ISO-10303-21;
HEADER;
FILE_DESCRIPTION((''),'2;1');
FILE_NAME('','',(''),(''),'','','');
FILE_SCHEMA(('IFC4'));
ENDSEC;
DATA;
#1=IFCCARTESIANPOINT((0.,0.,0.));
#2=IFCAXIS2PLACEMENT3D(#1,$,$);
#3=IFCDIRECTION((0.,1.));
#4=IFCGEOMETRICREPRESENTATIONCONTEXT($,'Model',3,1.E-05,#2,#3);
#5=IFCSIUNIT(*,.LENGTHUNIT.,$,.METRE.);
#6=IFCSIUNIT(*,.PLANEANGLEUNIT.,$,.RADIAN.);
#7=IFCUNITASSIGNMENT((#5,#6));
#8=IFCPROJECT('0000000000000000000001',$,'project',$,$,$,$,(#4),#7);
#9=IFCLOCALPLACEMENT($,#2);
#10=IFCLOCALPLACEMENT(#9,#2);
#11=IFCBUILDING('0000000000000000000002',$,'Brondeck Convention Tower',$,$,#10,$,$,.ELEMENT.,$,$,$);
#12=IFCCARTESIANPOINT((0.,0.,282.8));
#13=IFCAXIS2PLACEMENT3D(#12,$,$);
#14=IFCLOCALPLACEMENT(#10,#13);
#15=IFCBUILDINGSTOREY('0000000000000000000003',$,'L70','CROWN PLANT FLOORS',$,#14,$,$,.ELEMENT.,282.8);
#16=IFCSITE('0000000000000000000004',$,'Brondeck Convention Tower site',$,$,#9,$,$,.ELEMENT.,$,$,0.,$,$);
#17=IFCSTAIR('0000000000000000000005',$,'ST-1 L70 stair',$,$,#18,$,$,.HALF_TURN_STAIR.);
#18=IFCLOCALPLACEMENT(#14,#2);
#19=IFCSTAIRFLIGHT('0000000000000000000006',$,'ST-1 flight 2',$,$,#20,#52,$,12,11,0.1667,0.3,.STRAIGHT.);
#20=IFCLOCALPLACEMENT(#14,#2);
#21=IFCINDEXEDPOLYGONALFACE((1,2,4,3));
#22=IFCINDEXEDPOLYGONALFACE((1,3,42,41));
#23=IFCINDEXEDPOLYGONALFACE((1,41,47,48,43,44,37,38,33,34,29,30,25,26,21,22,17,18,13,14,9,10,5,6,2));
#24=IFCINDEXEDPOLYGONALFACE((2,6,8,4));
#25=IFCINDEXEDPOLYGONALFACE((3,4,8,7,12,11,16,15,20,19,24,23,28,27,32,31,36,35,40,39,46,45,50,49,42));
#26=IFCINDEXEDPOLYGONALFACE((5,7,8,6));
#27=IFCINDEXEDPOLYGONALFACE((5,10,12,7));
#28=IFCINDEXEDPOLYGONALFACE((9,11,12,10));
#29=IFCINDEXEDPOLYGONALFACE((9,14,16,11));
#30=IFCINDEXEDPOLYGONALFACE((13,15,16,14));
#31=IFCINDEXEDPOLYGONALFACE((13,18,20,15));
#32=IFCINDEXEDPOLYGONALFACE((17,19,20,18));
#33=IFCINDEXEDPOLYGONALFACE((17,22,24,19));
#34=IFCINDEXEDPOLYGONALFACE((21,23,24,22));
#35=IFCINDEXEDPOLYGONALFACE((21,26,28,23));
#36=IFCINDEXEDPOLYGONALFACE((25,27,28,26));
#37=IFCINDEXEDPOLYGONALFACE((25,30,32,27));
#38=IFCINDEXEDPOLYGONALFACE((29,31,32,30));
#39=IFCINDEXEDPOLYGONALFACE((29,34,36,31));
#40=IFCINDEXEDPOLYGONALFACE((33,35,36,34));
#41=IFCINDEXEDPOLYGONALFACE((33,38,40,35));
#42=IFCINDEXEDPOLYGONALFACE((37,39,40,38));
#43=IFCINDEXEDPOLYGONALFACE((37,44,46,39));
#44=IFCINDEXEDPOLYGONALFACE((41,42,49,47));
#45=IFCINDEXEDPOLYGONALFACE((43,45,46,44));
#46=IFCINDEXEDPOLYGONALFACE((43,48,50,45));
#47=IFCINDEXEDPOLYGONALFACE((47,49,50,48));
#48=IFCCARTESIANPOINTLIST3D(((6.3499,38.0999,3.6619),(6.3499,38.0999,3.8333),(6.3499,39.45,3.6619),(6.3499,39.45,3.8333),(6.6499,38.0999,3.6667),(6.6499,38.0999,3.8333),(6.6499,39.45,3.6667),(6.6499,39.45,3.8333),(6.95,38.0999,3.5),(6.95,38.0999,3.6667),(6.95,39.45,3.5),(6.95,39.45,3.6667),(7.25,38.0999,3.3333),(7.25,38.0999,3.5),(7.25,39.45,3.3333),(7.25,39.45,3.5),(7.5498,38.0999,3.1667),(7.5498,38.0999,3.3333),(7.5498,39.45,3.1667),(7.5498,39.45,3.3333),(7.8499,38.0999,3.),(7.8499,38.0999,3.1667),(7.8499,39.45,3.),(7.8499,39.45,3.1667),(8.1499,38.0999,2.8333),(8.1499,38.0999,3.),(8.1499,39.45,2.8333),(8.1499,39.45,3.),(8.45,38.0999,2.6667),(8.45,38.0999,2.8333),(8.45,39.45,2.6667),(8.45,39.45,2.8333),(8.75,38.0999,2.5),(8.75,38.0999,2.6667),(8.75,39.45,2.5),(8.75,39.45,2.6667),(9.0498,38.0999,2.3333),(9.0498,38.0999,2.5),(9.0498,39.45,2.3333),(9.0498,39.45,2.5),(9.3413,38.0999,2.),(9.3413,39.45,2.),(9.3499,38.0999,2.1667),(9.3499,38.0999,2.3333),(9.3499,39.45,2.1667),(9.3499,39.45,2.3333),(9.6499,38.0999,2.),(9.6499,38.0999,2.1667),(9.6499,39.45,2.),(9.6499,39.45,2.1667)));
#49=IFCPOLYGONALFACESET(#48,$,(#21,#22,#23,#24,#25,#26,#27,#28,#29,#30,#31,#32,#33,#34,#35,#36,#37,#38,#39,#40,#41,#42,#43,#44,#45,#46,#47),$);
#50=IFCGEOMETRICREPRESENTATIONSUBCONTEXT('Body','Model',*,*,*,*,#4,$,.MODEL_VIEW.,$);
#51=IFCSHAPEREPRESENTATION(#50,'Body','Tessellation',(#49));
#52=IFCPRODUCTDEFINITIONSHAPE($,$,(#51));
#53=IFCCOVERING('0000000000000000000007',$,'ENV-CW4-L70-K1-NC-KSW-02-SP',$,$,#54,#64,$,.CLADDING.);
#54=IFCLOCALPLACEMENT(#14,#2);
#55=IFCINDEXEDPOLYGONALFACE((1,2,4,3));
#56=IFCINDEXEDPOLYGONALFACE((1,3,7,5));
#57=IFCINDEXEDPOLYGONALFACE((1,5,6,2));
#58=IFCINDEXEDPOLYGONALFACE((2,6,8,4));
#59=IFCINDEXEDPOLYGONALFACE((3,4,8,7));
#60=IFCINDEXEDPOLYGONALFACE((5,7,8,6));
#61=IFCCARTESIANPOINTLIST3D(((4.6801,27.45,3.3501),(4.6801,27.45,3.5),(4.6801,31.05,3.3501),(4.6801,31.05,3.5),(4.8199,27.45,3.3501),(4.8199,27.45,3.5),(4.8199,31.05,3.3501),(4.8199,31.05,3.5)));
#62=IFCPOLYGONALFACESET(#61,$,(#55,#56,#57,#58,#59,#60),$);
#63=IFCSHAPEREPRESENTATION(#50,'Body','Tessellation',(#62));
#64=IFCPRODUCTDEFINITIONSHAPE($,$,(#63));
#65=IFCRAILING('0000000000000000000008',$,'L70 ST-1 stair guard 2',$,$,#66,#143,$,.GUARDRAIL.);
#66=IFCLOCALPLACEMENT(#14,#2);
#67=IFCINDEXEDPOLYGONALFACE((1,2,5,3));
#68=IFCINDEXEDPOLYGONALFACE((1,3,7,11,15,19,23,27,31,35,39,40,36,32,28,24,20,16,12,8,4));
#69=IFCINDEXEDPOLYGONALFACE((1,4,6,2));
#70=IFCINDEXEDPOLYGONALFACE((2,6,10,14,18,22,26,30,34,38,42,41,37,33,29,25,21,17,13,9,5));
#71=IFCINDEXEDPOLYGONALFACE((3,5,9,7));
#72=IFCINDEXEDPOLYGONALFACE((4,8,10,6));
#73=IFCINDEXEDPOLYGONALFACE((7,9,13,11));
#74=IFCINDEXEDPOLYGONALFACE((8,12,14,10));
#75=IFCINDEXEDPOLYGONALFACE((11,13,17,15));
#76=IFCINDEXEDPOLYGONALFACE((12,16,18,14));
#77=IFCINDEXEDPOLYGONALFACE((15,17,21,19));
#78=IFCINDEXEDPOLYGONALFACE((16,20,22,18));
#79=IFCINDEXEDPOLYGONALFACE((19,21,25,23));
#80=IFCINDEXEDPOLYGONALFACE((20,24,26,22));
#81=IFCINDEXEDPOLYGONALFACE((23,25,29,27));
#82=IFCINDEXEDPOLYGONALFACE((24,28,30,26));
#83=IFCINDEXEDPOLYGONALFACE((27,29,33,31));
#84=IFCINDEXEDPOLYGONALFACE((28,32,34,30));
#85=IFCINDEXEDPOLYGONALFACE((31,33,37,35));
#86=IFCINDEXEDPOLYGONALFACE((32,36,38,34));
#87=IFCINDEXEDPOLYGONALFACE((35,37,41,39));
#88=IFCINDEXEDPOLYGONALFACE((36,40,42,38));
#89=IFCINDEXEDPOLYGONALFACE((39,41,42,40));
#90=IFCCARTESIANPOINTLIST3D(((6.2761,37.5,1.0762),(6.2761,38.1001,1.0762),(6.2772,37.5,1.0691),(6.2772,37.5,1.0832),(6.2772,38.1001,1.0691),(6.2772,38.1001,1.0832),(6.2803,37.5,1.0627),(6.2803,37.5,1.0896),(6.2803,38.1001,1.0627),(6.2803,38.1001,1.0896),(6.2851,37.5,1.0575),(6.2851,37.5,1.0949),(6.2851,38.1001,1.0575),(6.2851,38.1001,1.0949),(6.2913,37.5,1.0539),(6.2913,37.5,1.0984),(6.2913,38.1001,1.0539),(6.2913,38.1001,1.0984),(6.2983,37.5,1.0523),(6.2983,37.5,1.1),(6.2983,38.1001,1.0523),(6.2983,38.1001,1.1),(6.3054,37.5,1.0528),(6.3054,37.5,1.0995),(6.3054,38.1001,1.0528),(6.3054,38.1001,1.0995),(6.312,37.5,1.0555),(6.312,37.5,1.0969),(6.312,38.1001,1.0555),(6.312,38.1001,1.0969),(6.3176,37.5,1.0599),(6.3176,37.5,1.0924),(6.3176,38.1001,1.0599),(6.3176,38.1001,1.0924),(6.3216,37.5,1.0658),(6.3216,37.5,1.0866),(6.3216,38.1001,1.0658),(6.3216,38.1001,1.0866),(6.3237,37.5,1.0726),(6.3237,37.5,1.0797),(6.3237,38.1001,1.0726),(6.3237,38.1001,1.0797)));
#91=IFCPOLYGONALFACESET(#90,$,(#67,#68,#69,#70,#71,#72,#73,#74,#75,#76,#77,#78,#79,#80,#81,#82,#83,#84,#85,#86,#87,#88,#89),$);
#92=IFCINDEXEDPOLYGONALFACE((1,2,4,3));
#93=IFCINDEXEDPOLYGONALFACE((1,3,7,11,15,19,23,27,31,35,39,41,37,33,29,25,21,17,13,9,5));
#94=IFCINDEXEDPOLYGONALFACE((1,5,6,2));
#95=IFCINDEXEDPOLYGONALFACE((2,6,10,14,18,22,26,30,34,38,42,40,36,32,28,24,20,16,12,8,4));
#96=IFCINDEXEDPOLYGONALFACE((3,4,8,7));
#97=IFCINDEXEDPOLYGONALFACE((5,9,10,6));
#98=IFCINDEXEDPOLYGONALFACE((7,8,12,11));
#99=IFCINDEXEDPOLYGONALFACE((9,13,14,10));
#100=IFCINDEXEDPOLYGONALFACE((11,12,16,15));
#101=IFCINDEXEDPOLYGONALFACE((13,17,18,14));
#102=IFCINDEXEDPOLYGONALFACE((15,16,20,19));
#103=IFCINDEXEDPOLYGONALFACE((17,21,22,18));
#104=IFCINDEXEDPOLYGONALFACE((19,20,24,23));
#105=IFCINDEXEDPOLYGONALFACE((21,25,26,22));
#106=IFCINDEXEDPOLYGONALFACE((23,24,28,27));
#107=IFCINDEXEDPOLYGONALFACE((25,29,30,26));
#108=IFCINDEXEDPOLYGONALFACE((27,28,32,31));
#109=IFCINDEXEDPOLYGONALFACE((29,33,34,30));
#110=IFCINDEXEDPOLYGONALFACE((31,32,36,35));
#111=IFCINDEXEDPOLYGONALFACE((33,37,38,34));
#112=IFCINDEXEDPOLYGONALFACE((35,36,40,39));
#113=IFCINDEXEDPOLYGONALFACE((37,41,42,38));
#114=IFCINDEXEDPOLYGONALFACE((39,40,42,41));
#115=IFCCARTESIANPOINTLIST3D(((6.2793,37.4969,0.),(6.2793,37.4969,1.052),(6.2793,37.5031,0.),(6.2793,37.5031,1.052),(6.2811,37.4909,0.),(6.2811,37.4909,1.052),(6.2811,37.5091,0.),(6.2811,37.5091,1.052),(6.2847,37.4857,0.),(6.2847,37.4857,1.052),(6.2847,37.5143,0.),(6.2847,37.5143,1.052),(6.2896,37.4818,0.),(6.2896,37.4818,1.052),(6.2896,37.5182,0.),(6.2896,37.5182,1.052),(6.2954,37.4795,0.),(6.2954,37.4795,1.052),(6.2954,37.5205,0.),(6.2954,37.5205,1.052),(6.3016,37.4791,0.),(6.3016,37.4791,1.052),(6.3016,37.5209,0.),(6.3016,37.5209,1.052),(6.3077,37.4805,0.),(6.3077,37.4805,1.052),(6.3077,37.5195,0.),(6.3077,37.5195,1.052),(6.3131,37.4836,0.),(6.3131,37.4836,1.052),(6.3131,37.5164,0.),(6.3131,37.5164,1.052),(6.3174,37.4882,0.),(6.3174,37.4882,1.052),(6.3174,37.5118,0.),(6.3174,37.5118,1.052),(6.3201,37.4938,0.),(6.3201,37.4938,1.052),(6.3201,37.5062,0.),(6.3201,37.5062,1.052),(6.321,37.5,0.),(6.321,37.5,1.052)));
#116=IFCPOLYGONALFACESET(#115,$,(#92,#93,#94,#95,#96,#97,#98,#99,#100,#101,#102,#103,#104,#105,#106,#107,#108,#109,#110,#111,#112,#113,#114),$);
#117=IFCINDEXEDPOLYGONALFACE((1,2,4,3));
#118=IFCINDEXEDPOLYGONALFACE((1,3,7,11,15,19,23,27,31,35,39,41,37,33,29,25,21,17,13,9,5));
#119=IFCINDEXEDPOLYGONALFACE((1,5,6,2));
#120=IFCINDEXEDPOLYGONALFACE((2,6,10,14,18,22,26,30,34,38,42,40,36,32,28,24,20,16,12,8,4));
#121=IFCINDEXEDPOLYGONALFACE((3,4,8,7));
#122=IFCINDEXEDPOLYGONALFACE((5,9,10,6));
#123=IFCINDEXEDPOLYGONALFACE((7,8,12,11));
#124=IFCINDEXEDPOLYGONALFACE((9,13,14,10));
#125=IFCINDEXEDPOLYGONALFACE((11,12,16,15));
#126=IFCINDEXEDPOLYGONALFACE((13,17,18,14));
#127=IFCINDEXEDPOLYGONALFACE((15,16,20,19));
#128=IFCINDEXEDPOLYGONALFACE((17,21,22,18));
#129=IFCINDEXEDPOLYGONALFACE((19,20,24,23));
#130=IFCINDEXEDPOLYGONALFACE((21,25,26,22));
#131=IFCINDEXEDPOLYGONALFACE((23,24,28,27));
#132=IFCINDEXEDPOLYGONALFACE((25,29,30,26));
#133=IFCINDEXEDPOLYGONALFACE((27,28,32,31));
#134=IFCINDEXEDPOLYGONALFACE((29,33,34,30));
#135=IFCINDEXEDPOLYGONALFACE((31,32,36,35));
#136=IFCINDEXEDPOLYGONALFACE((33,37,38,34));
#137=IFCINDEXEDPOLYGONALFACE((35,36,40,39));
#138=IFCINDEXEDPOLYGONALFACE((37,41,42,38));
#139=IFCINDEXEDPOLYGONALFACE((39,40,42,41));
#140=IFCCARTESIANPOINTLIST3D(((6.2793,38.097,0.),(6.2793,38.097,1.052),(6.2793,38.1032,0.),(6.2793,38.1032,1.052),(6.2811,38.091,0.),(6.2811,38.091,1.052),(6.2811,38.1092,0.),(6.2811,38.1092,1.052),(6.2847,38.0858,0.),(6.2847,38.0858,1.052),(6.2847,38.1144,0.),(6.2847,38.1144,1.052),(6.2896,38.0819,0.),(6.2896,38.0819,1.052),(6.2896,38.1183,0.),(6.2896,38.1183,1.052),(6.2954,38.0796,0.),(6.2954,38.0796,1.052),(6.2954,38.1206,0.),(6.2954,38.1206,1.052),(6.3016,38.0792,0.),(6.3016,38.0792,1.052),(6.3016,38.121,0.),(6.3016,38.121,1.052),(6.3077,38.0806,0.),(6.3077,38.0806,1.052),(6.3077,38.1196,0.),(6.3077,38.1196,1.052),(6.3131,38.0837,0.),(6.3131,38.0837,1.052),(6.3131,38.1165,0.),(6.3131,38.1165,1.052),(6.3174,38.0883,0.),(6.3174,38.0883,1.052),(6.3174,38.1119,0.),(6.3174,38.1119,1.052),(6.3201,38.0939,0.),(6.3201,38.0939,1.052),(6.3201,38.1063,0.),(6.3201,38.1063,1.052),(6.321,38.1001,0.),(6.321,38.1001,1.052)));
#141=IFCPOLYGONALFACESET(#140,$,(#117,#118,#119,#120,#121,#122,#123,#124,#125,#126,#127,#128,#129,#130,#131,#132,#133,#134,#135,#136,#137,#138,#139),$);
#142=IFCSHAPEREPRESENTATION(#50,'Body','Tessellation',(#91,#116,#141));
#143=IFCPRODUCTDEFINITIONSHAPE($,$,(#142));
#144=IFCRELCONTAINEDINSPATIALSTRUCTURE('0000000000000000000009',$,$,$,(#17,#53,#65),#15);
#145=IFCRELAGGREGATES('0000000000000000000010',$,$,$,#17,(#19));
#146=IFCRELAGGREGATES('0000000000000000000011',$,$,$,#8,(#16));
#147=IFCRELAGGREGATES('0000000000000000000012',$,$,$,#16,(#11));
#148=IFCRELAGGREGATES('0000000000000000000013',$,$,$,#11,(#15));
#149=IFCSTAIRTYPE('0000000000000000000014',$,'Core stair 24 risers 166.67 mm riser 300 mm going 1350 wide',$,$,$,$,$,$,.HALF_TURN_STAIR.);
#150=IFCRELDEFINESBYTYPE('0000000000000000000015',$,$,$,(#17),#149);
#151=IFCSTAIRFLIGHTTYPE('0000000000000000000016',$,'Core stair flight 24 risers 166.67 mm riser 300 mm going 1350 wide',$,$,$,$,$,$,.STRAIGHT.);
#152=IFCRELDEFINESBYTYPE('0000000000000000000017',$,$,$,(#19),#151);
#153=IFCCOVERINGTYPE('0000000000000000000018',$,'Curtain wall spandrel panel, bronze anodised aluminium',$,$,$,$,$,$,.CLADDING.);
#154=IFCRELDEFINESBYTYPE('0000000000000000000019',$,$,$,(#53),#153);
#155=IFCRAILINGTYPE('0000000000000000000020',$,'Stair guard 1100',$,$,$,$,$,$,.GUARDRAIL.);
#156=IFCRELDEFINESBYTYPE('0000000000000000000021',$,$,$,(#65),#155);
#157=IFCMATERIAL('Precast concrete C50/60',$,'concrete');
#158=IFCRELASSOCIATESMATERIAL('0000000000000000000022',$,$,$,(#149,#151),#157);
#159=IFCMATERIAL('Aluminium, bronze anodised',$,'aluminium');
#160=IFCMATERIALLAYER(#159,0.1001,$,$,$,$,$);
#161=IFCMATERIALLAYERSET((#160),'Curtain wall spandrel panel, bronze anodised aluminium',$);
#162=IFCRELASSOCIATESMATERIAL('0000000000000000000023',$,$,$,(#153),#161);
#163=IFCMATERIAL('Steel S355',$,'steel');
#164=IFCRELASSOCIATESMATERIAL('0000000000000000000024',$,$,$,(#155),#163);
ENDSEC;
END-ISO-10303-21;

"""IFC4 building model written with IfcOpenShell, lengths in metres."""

from ifc_helpers import new_model, si_unit, direction, frame, origin, origin_2d, place, context, subcontext, project, spatial, polyline, rectangle, circle, outline, extrude, material, layer, layer_set, type_object, element, aggregate, save


model = new_model("IFC4")

# Units and contexts
model_context = context("Model", 3, precision=1e-05, world=origin(), true_north=direction((0.0, 1.0)))
body_context = subcontext(model_context, "Body", "Model", "MODEL_VIEW")
ifc_project = project(units=[si_unit("LENGTHUNIT", "METRE"), si_unit("PLANEANGLEUNIT", "RADIAN")], contexts=[model_context])

# Site, building, storey
site_placement = place(None, origin())
site = spatial("IfcSite", under=ifc_project, at=site_placement, Name="Brondeck Convention Tower site", CompositionType="ELEMENT", RefElevation=0.0)
building_placement = place(site_placement, origin())
building = spatial("IfcBuilding", under=site, at=building_placement, Name="Brondeck Convention Tower", CompositionType="ELEMENT")
storey_placement = place(building_placement, frame((0.0, 0.0, 282.8)))
storey = spatial("IfcBuildingStorey", under=building, at=storey_placement, Name="L70", Description="CROWN PLANT FLOORS", CompositionType="ELEMENT", Elevation=282.8)

# Shared definitions
ifc_material_1 = material(Name="Aluminium, bronze anodised", Category="aluminium")

# Stair, stair flight
ifc_material_2 = material(Name="Precast concrete C50/60", Category="concrete")
stair_type = type_object("IfcStairType", Name="Core stair 24 risers 166.67 mm riser 300 mm going 1350 wide", PredefinedType="HALF_TURN_STAIR", material=ifc_material_2)
stair_placement = place(storey_placement, origin())
stair = element("IfcStair", 1, at=stair_placement, inside=storey, type_object=stair_type, Name="ST-1 L70 stair", PredefinedType="HALF_TURN_STAIR")
stair_flight_type = type_object("IfcStairFlightType", Name="Core stair flight 24 risers 166.67 mm riser 300 mm going 1350 wide", PredefinedType="STRAIGHT", material=ifc_material_2)
stair_flight_1_placement = place(storey_placement, frame((9.6499, 38.7749, 2.0), z_axis=(0.0, 0.0, 1.0), x_axis=(-1.0, 0.0, 0.0)))
stair_flight_1 = element("IfcStairFlight", 2, at=stair_flight_1_placement, type_object=stair_flight_type, Name="ST-1 flight 2", NumberOfRisers=12, NumberOfTreads=11, PredefinedType="STRAIGHT", RiserHeight=0.1667, TreadLength=0.3, context=body_context, shape_type="SweptSolid", body=[
    extrude(outline(polyline([(0.0, 0.0), (0.0, 0.1667), (0.3, 0.1667), (0.3, 0.3333), (0.6001, 0.3333), (0.6001, 0.5), (0.8999, 0.5), (0.8999, 0.6667), (1.2, 0.6667), (1.2, 0.8333), (1.5, 0.8333), (1.5, 1.0), (1.8, 1.0), (1.8, 1.1667), (2.1001, 1.1667), (2.1001, 1.3333), (2.3999, 1.3333), (2.3999, 1.5), (2.7, 1.5), (2.7, 1.6667), (3.0, 1.6667), (3.0, 1.8333), (3.3, 1.8333), (3.3, 2.0), (3.3, 1.6619), (0.3086, 0.0), (0.0, 0.0)])), frame((0.0, 0.675, 0.0), z_axis=(0.0, -1.0, 0.0), x_axis=(1.0, 0.0, 0.0)), (0.0, 0.0, 1.0), 1.3501),
])
aggregate(stair, [stair_flight_1])

# Covering
ifc_layer_1 = layer(ifc_material_1, 0.1001)
ifc_layer_set_1 = layer_set([ifc_layer_1], Name="Curtain wall spandrel panel, bronze anodised aluminium")
covering_type = type_object("IfcCoveringType", Name="Curtain wall spandrel panel, bronze anodised aluminium", PredefinedType="CLADDING", material=ifc_layer_set_1)
covering_placement = place(storey_placement, frame((4.75, 29.25, 3.3501), z_axis=(0.0, 0.0, 1.0), x_axis=(0.0, 1.0, 0.0)))
element("IfcCovering", 3, at=covering_placement, inside=storey, type_object=covering_type, Name="ENV-CW4-L70-K1-NC-KSW-02-SP", PredefinedType="CLADDING", context=body_context, shape_type="SweptSolid", body=[
    extrude(rectangle(XDim=3.6001, YDim=0.1399, at=origin_2d()), origin(), (0.0, 0.0, 1.0), 0.1499),
])

# Railing
ifc_material_3 = material(Name="Steel S355", Category="steel")
railing_type_1 = type_object("IfcRailingType", Name="Stair guard 1100", PredefinedType="GUARDRAIL", material=ifc_material_3)
railing_1_placement = place(storey_placement, frame((6.3, 37.5, 0.0)))
element("IfcRailing", 4, at=railing_1_placement, inside=storey, type_object=railing_type_1, Name="L70 ST-1 stair guard 2", PredefinedType="GUARDRAIL", context=body_context, shape_type="SweptSolid", body=[
    extrude(circle(Radius=0.0239, at=origin_2d()), frame((0.0, 0.0, 1.0762), z_axis=(0.0, 1.0, 0.0), x_axis=(-1.0, 0.0, 0.0)), (0.0, 0.0, 1.0), 0.6001),
    extrude(circle(Radius=0.021, at=origin_2d()), origin(), (0.0, 0.0, 1.0), 1.052),
    extrude(circle(Radius=0.021, at=origin_2d()), frame((0.0, 0.6001, 0.0)), (0.0, 0.0, 1.0), 1.052),
])

save(model, "model.ifc")
